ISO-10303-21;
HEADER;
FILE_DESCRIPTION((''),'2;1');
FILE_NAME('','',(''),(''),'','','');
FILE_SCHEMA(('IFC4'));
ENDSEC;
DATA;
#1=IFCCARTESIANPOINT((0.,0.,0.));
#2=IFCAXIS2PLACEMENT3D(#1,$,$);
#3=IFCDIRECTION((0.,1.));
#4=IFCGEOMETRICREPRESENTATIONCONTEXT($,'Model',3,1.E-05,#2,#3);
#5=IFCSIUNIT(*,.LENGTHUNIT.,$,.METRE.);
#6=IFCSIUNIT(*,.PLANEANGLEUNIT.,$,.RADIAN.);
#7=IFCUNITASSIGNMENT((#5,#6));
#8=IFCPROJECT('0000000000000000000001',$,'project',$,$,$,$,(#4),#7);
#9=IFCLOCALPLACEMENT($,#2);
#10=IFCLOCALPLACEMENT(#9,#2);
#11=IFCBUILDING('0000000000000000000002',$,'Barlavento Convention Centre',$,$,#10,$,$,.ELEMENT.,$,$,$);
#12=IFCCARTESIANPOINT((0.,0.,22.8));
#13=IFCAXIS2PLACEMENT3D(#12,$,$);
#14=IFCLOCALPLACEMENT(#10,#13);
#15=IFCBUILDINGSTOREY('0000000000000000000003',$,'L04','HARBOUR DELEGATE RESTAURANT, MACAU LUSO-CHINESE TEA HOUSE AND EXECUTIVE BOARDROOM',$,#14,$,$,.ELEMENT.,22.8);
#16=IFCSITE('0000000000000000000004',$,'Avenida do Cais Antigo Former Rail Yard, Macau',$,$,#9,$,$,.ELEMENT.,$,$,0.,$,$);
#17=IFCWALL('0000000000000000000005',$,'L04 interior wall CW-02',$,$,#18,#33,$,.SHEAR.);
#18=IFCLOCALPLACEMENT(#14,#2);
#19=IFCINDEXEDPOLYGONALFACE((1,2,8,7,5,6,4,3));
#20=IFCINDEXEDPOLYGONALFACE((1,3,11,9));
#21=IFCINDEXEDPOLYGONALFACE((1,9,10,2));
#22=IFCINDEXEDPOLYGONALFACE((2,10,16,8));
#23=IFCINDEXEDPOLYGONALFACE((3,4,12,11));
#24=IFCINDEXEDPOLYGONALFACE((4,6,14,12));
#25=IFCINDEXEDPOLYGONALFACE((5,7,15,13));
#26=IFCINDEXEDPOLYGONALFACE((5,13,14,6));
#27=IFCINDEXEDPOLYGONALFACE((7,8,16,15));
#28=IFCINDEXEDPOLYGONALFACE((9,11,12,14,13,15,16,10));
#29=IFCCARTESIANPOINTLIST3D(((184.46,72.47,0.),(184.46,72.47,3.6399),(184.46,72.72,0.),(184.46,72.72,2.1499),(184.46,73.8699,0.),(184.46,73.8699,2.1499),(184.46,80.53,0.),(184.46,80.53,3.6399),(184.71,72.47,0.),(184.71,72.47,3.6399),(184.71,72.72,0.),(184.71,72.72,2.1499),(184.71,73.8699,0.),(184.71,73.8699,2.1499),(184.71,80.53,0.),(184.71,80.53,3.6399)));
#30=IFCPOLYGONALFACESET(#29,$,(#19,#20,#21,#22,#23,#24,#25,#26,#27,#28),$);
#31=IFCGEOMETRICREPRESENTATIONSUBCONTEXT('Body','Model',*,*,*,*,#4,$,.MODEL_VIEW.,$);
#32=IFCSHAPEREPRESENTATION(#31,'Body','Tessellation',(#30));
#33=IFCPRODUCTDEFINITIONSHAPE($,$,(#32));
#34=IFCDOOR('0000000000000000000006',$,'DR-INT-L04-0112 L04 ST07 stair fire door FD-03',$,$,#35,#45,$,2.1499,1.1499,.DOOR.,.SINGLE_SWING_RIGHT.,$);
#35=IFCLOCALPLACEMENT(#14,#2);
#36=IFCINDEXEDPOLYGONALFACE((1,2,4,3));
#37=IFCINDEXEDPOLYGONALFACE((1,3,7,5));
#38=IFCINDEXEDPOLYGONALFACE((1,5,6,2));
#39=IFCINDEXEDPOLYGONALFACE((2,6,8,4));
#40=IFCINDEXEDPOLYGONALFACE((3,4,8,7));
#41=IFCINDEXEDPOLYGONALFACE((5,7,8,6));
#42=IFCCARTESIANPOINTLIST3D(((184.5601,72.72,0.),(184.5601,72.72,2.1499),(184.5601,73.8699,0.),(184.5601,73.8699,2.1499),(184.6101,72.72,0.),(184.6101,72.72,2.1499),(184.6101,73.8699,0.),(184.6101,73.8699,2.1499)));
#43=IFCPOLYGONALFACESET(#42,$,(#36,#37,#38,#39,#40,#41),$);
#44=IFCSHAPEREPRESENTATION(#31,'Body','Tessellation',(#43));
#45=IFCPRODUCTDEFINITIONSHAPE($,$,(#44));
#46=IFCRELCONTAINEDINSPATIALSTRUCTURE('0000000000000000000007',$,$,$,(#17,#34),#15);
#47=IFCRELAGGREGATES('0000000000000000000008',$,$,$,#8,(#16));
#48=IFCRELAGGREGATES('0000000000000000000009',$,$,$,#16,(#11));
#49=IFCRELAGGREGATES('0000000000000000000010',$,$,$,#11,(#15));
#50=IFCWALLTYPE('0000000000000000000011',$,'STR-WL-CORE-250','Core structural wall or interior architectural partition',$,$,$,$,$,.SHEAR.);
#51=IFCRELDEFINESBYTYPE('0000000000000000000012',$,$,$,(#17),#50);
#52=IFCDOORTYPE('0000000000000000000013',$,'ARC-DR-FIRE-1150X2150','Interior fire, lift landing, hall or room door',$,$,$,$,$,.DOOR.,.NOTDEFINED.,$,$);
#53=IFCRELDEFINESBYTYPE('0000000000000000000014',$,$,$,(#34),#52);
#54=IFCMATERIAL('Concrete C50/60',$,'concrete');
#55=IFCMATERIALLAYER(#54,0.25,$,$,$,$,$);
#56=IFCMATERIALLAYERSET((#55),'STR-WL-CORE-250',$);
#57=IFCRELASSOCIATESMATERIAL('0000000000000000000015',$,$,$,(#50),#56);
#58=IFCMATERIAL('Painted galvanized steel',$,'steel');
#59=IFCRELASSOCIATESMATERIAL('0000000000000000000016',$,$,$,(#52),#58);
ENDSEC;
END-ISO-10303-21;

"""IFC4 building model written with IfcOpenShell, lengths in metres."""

from ifc_helpers import new_model, si_unit, direction, frame, frame_2d, origin, place, context, subcontext, project, spatial, rectangle, extrude, material, layer, layer_set, type_object, element, fill, save


model = new_model("IFC4")

# Units and contexts
model_context = context("Model", 3, precision=1e-05, world=origin(), true_north=direction((0.0, 1.0)))
body_context = subcontext(model_context, "Body", "Model", "MODEL_VIEW")
ifc_project = project(units=[si_unit("LENGTHUNIT", "METRE"), si_unit("PLANEANGLEUNIT", "RADIAN")], contexts=[model_context])

# Site, building, storey
site_placement = place(None, origin())
site = spatial("IfcSite", under=ifc_project, at=site_placement, Name="Avenida do Cais Antigo Former Rail Yard, Macau", CompositionType="ELEMENT", RefElevation=0.0)
building_placement = place(site_placement, origin())
building = spatial("IfcBuilding", under=site, at=building_placement, Name="Barlavento Convention Centre", CompositionType="ELEMENT")
storey_placement = place(building_placement, frame((0.0, 0.0, 22.8)))
storey = spatial("IfcBuildingStorey", under=building, at=storey_placement, Name="L04", Description="HARBOUR DELEGATE RESTAURANT, MACAU LUSO-CHINESE TEA HOUSE AND EXECUTIVE BOARDROOM", CompositionType="ELEMENT", Elevation=22.8)

# Shared definitions
ifc_material_1 = material(Name="Painted galvanized steel", Category="steel")

# Shared definitions
ifc_material_2 = material(Name="Concrete C50/60", Category="concrete")
ifc_layer_1 = layer(ifc_material_2, 0.25)
ifc_layer_set_1 = layer_set([ifc_layer_1], Name="STR-WL-CORE-250")
wall_type_1 = type_object("IfcWallType", Name="STR-WL-CORE-250", Description="Core structural wall or interior architectural partition", PredefinedType="SHEAR", material=ifc_layer_set_1)

# Wall, opening, door
wall_1_placement = place(storey_placement, frame((184.585, 72.47, 0.0), z_axis=(0.0, 0.0, 1.0), x_axis=(0.0, 1.0, 0.0)))
wall_1 = element("IfcWall", 1, at=wall_1_placement, inside=storey, type_object=wall_type_1, Name="L04 interior wall CW-02", PredefinedType="SHEAR", context=body_context, shape_type="SweptSolid", body=[
    extrude(rectangle(XDim=8.0601, YDim=0.25, at=frame_2d((4.03, 0.0))), origin(), (0.0, 0.0, 1.0), 3.6399),
])
opening_1_placement = place(wall_1_placement, frame((0.25, 0.0, 0.0)))
opening_1 = element("IfcOpeningElement", 2, at=opening_1_placement, cuts=wall_1, PredefinedType="OPENING", context=body_context, shape_type="SweptSolid", body=[
    extrude(rectangle(XDim=1.1499, YDim=2.1499, at=frame_2d((0.575, 1.075))), frame((0.0, 0.135, 0.0), z_axis=(0.0, -1.0, 0.0), x_axis=(1.0, 0.0, 0.0)), (0.0, 0.0, 1.0), 0.27),
])
door_type_1 = type_object("IfcDoorType", Name="ARC-DR-FIRE-1150X2150", Description="Interior fire, lift landing, hall or room door", OperationType="NOTDEFINED", PredefinedType="DOOR", material=ifc_material_1)
door_1_placement = place(opening_1_placement, origin())
door_1 = element("IfcDoor", 3, at=door_1_placement, inside=storey, type_object=door_type_1, Name="DR-INT-L04-0112 L04 ST07 stair fire door FD-03", OperationType="SINGLE_SWING_RIGHT", OverallHeight=2.1499, OverallWidth=1.1499, PredefinedType="DOOR", context=body_context, shape_type="SweptSolid", body=[
    extrude(rectangle(XDim=1.1499, YDim=2.1499, at=frame_2d((0.575, 1.075))), frame((0.0, 0.0249, 0.0), z_axis=(0.0, -1.0, 0.0), x_axis=(1.0, 0.0, 0.0)), (0.0, 0.0, 1.0), 0.05),
])
fill(opening_1, door_1)

save(model, "model.ifc")
